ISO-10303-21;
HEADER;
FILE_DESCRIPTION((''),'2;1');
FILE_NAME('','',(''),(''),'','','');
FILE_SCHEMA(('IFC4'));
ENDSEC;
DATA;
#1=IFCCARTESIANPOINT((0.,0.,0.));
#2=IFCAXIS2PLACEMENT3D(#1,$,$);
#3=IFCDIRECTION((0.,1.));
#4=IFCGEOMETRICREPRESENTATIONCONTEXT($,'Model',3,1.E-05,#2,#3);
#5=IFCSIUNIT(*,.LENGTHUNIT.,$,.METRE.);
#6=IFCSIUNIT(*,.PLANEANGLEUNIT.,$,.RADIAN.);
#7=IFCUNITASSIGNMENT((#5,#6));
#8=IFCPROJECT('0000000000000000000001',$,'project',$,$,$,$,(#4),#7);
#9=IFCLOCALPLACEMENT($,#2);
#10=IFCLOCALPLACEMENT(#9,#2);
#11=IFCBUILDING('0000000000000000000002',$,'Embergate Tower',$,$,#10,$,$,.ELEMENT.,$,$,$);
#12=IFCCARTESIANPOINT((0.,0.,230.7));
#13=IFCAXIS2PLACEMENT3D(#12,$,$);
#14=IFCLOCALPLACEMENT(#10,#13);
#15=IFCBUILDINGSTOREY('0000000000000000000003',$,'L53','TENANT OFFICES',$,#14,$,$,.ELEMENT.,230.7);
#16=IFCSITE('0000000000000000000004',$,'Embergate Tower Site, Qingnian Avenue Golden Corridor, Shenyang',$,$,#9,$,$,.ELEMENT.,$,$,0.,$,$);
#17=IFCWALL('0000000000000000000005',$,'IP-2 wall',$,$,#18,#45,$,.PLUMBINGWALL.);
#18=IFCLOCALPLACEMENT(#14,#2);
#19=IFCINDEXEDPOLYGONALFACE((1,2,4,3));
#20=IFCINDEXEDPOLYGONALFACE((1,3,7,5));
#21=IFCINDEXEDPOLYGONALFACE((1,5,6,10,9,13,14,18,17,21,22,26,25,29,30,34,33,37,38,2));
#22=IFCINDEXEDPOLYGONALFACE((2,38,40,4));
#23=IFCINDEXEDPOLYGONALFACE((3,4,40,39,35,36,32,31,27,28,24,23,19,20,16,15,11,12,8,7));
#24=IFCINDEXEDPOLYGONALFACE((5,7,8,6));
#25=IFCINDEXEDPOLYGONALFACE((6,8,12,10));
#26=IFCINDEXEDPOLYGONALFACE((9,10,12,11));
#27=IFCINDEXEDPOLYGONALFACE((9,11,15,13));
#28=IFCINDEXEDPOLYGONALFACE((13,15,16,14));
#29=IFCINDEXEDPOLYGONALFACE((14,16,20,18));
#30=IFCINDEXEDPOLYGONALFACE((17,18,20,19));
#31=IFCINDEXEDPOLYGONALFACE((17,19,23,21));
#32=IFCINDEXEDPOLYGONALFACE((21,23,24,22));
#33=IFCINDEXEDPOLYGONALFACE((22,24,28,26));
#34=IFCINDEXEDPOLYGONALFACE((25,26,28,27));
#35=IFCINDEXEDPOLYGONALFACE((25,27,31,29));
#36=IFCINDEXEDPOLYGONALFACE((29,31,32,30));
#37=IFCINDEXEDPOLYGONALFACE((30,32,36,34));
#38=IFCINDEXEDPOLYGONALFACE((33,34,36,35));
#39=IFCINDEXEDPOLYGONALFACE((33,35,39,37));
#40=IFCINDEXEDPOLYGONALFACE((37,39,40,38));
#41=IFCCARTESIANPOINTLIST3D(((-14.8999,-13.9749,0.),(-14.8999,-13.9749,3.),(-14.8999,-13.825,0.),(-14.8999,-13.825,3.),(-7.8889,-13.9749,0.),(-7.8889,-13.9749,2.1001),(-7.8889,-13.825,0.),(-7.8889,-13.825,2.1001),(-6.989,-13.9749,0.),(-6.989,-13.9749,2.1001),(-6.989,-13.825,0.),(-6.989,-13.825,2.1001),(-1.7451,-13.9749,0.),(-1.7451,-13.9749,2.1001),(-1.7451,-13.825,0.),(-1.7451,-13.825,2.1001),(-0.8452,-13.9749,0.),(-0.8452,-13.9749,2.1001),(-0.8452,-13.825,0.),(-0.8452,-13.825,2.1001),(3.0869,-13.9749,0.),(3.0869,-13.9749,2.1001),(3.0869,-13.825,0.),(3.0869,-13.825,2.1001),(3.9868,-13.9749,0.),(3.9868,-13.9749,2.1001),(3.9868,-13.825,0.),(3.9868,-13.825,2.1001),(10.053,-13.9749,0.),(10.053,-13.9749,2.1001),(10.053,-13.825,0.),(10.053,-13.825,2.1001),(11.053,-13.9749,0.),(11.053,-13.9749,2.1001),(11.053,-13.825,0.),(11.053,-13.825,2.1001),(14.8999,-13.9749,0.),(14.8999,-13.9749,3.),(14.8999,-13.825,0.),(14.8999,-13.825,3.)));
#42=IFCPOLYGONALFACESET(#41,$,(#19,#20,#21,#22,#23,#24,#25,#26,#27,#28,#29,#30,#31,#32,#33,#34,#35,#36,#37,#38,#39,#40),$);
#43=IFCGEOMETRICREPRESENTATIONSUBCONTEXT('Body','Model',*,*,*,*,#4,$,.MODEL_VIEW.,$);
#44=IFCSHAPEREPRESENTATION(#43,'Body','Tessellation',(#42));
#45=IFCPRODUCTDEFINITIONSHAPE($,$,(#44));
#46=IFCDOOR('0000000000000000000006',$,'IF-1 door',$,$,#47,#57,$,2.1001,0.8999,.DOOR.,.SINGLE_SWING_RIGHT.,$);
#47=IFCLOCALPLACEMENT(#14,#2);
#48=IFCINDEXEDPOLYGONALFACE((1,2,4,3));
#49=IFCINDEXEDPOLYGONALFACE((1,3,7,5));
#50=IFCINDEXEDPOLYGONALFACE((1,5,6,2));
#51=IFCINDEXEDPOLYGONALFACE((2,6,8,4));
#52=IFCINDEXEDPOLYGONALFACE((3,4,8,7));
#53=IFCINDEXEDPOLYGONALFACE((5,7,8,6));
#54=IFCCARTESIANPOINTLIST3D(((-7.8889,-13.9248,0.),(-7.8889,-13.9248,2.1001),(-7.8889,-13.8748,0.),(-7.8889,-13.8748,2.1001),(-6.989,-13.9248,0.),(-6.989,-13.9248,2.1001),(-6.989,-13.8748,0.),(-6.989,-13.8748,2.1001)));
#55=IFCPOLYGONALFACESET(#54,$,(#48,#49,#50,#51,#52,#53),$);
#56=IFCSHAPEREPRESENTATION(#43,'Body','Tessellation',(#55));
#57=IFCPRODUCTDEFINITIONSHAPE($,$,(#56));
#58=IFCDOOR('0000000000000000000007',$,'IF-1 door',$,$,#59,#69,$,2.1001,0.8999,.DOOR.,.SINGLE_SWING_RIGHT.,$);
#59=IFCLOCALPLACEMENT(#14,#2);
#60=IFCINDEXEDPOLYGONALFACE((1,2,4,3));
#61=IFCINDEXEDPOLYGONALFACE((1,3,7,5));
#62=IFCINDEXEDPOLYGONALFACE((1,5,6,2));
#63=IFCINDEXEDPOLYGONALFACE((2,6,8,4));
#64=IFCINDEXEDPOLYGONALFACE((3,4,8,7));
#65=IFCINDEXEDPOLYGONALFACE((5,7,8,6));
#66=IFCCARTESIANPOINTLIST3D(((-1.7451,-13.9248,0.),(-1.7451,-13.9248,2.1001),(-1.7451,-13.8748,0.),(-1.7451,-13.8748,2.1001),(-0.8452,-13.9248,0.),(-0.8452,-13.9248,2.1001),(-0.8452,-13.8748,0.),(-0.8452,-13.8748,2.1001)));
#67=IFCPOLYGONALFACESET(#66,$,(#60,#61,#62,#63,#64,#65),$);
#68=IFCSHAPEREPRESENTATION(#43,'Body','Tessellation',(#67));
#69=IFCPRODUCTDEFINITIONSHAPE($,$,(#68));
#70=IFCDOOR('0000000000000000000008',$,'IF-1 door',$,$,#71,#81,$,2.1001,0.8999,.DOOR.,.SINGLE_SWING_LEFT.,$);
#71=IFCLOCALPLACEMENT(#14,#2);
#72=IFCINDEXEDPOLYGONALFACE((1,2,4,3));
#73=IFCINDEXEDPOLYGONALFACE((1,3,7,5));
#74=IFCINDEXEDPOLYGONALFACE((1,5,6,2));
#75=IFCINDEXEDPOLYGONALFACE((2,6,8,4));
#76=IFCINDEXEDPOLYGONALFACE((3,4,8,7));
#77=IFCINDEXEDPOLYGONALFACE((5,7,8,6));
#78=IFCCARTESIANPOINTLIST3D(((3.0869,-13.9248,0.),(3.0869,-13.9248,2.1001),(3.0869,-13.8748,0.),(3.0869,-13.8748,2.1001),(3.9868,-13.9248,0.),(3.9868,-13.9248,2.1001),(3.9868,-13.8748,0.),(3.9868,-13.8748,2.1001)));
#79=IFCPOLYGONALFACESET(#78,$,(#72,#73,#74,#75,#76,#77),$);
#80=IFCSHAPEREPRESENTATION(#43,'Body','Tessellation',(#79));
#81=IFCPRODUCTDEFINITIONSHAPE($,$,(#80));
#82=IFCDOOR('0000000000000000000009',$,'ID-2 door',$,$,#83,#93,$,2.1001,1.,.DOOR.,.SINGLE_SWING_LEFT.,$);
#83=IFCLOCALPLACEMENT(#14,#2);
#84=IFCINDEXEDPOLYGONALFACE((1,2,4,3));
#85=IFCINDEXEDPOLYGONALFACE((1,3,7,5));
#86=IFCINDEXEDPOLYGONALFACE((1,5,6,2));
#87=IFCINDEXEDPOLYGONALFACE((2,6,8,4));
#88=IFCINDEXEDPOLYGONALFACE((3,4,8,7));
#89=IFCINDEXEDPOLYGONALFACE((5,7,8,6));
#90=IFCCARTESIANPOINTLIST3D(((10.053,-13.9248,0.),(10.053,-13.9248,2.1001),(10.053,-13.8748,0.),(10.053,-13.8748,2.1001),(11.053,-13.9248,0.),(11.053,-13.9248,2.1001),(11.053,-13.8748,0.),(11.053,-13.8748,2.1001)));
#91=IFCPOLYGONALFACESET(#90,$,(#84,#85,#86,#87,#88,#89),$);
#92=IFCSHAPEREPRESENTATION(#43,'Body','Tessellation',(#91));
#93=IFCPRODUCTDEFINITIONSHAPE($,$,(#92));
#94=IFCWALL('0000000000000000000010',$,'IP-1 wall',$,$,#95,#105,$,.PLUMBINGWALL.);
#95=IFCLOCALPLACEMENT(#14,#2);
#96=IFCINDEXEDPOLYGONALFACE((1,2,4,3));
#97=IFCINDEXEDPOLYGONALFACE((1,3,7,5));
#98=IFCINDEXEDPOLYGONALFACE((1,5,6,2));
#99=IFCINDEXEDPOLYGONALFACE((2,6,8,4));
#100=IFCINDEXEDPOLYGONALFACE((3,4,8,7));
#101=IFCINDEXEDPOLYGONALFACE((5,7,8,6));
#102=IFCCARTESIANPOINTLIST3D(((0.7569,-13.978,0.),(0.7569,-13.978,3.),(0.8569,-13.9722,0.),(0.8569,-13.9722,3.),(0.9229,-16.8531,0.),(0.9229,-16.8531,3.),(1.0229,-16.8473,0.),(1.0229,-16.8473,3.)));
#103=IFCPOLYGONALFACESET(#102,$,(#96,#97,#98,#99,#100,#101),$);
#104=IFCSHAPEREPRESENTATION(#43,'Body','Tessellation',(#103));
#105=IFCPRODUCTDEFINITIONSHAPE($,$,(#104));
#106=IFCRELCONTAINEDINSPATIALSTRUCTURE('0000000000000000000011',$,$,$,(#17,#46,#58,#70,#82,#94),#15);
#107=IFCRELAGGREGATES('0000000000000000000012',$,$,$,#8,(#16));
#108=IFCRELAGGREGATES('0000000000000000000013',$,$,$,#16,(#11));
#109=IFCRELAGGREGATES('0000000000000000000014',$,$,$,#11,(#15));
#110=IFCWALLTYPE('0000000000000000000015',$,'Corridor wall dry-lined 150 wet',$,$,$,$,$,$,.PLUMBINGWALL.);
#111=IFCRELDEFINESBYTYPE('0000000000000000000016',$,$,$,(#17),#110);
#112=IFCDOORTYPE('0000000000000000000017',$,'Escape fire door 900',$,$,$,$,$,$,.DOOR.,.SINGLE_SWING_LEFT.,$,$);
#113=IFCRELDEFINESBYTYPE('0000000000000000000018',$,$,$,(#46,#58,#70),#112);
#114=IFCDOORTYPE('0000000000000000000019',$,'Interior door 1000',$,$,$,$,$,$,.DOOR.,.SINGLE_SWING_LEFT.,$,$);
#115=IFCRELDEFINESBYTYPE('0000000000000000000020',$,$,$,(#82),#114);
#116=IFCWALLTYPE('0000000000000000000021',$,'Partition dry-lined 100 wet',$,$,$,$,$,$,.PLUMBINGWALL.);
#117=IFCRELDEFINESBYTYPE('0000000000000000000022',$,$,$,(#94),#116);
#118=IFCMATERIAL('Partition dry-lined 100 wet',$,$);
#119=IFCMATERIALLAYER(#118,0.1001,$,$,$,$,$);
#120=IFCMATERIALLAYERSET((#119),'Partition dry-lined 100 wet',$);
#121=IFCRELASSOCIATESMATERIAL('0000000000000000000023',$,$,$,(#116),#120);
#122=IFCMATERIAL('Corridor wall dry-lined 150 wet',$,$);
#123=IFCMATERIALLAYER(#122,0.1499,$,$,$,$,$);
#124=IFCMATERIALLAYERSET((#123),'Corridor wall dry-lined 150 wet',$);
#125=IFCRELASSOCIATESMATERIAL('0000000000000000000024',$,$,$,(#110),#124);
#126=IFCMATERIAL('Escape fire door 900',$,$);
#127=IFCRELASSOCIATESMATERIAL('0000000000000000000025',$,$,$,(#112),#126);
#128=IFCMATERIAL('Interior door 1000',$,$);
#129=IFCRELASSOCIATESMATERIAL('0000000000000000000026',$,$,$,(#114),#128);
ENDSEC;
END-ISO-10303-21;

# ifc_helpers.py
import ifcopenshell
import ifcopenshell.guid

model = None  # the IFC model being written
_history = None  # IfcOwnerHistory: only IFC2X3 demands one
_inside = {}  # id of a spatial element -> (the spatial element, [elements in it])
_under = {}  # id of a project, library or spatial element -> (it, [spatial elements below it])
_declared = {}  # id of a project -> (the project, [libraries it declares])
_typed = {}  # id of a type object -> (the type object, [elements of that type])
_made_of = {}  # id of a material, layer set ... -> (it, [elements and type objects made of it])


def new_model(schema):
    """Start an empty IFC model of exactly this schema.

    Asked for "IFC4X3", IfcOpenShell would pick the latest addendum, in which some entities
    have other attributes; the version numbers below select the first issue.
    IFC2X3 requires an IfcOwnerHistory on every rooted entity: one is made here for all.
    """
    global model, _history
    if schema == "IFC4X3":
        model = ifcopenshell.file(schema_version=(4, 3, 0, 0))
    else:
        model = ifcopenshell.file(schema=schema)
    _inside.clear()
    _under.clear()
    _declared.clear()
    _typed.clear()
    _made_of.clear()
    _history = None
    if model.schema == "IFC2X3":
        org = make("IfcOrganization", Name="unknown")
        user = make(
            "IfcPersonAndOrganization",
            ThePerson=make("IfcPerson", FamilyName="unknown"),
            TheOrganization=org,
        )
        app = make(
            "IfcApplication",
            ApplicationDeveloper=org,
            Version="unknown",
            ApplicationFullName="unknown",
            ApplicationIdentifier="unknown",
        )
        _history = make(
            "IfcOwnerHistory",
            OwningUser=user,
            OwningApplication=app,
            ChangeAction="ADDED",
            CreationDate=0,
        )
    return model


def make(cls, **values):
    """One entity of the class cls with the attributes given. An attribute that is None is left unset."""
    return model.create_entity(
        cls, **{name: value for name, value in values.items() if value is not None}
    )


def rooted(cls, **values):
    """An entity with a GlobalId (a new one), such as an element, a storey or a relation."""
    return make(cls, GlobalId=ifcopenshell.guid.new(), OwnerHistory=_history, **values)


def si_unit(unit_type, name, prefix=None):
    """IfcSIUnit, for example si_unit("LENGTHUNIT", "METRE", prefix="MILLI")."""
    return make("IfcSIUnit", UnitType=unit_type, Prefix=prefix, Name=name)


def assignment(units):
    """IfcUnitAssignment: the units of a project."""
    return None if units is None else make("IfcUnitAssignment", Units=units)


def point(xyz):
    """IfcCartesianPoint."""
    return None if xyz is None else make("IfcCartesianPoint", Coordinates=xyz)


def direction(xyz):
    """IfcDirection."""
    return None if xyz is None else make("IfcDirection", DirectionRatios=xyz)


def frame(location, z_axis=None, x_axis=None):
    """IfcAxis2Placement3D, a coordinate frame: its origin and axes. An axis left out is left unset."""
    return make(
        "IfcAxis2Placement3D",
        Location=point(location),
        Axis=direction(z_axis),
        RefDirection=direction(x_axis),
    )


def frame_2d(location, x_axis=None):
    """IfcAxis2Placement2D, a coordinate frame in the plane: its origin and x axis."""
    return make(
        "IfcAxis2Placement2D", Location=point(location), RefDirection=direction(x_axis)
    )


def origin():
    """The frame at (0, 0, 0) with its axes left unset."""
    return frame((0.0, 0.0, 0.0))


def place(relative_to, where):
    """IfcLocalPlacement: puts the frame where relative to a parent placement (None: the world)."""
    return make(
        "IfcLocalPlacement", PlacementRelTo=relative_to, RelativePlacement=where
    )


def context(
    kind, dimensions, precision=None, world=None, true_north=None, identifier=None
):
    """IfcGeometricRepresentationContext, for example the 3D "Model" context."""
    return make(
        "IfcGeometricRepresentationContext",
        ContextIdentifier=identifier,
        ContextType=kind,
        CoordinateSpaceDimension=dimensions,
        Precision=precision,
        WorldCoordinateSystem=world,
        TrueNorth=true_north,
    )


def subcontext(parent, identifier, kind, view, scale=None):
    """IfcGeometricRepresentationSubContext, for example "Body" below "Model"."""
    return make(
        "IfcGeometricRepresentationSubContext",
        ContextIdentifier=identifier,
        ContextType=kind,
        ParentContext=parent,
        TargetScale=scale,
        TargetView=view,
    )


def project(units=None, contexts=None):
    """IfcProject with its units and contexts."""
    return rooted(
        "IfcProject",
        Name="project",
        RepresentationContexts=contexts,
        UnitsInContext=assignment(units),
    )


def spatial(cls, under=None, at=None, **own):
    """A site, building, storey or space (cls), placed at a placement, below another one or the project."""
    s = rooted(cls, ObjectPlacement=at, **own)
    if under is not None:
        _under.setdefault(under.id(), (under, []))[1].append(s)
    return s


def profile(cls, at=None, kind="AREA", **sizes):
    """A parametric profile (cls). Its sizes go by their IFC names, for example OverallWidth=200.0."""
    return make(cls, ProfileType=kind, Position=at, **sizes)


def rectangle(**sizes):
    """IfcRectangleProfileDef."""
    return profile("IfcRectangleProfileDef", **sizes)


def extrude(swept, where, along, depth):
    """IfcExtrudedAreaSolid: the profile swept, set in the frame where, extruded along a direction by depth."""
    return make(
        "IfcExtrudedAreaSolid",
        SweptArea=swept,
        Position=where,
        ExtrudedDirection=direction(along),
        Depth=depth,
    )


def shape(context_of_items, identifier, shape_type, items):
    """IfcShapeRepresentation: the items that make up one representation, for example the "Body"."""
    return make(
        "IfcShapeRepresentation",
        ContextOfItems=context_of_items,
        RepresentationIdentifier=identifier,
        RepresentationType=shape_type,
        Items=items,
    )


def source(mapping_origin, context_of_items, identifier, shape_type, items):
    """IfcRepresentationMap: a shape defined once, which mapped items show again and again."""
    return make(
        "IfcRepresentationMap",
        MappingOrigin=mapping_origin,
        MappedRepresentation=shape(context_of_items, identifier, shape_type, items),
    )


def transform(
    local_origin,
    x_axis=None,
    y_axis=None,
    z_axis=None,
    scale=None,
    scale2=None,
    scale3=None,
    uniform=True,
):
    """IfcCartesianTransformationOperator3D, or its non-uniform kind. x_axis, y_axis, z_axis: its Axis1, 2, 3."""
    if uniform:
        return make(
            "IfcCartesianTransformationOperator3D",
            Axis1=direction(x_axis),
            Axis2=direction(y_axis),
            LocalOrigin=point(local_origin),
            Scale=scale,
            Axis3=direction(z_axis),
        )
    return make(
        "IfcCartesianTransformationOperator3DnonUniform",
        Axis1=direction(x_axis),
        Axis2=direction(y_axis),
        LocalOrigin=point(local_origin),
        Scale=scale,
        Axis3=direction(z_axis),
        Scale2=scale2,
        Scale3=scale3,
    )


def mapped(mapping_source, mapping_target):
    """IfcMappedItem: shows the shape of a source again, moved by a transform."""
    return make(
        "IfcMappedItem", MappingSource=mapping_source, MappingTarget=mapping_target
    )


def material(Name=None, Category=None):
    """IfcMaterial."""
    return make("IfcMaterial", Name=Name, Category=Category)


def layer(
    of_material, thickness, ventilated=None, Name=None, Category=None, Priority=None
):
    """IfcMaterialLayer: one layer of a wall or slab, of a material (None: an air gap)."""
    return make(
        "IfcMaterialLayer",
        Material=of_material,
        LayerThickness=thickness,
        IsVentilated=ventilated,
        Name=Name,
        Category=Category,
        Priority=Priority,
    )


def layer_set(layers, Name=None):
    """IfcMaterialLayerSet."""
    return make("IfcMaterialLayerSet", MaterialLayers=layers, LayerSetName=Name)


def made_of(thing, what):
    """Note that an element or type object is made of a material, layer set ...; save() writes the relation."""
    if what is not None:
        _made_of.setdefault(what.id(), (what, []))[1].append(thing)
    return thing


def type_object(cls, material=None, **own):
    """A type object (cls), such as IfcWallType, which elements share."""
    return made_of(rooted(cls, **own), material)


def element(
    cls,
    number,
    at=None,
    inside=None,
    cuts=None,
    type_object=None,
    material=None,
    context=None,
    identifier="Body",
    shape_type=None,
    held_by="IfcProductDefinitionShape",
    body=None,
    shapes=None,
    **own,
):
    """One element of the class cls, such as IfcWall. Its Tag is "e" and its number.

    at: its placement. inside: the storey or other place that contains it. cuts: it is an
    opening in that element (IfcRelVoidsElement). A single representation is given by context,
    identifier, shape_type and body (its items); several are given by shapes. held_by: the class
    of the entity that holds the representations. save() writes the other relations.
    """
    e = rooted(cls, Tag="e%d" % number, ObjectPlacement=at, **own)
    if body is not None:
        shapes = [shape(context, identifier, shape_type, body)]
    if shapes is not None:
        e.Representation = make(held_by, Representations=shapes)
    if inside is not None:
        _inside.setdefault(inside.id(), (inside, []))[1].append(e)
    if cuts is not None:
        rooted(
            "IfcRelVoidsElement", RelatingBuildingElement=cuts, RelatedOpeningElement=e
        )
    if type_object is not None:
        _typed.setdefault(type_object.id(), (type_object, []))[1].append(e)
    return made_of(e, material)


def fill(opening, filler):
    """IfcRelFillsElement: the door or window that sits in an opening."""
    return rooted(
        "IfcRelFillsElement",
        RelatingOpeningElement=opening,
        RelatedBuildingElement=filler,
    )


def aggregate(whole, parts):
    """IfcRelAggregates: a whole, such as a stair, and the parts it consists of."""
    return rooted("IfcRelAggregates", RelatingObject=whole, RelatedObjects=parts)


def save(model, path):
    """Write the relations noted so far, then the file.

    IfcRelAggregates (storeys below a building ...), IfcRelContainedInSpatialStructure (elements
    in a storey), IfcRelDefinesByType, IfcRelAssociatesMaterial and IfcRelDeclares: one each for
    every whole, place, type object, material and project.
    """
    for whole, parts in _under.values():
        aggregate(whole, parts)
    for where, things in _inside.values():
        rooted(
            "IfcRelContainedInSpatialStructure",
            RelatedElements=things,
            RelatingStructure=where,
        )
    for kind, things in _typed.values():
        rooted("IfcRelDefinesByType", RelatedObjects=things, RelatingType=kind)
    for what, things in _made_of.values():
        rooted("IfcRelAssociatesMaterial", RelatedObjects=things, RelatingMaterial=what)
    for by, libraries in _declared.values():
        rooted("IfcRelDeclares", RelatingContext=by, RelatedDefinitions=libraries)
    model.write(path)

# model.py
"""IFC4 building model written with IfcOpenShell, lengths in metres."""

from ifc_helpers import new_model, si_unit, direction, frame, frame_2d, origin, place, context, subcontext, project, spatial, rectangle, extrude, source, transform, mapped, material, layer, layer_set, type_object, element, fill, save


model = new_model("IFC4")

# Units and contexts
model_context = context("Model", 3, precision=1e-05, world=origin(), true_north=direction((0.0, 1.0)))
body_context = subcontext(model_context, "Body", "Model", "MODEL_VIEW")
ifc_project = project(units=[si_unit("LENGTHUNIT", "METRE"), si_unit("PLANEANGLEUNIT", "RADIAN")], contexts=[model_context])

# Site, building, storey
site_placement = place(None, origin())
site = spatial("IfcSite", under=ifc_project, at=site_placement, Name="Embergate Tower Site, Qingnian Avenue Golden Corridor, Shenyang", CompositionType="ELEMENT", RefElevation=0.0)
building_placement = place(site_placement, origin())
building = spatial("IfcBuilding", under=site, at=building_placement, Name="Embergate Tower", CompositionType="ELEMENT")
storey_placement = place(building_placement, frame((0.0, 0.0, 230.7)))
storey = spatial("IfcBuildingStorey", under=building, at=storey_placement, Name="L53", Description="TENANT OFFICES", CompositionType="ELEMENT", Elevation=230.7)

# Shared definitions
shared_shape_1 = source(origin(), body_context, "Body", "SweptSolid", [
    extrude(rectangle(XDim=1.0, YDim=2.1001, at=frame_2d((0.5, 1.05))), frame((0.0, 0.0249, 0.0), z_axis=(0.0, -1.0, 0.0), x_axis=(1.0, 0.0, 0.0)), (0.0, 0.0, 1.0), 0.05),
])

# Shared definitions
ifc_material_1 = material(Name="Partition dry-lined 100 wet")
ifc_layer_1 = layer(ifc_material_1, 0.1001)
ifc_layer_set_1 = layer_set([ifc_layer_1], Name="Partition dry-lined 100 wet")
wall_type_1 = type_object("IfcWallType", Name="Partition dry-lined 100 wet", PredefinedType="PLUMBINGWALL", material=ifc_layer_set_1)

# Wall, openings, doors
ifc_material_2 = material(Name="Corridor wall dry-lined 150 wet")
ifc_layer_2 = layer(ifc_material_2, 0.1499)
ifc_layer_set_2 = layer_set([ifc_layer_2], Name="Corridor wall dry-lined 150 wet")
wall_type_2 = type_object("IfcWallType", Name="Corridor wall dry-lined 150 wet", PredefinedType="PLUMBINGWALL", material=ifc_layer_set_2)
shared_shape_2 = source(origin(), body_context, "Body", "SweptSolid", [
    extrude(rectangle(XDim=29.7998, YDim=0.1499, at=frame_2d((14.8999, 0.0))), origin(), (0.0, 0.0, 1.0), 3.0),
])
wall_1_placement = place(storey_placement, frame((14.8999, -13.8999, 0.0), z_axis=(0.0, 0.0, 1.0), x_axis=(-1.0, 0.0, 0.0)))
wall_1 = element("IfcWall", 1, at=wall_1_placement, inside=storey, type_object=wall_type_2, Name="IP-2 wall", PredefinedType="PLUMBINGWALL", context=body_context, shape_type="MappedRepresentation", body=[
    mapped(shared_shape_2, transform((0.0, 0.0, 0.0))),
])
shared_shape_3 = source(origin(), body_context, "Body", "SweptSolid", [
    extrude(rectangle(XDim=0.8999, YDim=2.1001, at=frame_2d((0.45, 1.05))), frame((0.0, 0.085, 0.0), z_axis=(0.0, -1.0, 0.0), x_axis=(1.0, 0.0, 0.0)), (0.0, 0.0, 1.0), 0.1699),
])
opening_1_placement = place(wall_1_placement, frame((21.8889, 0.0, 0.0)))
opening_1 = element("IfcOpeningElement", 2, at=opening_1_placement, cuts=wall_1, PredefinedType="OPENING", context=body_context, shape_type="MappedRepresentation", body=[
    mapped(shared_shape_3, transform((0.0, 0.0, 0.0))),
])
opening_2_placement = place(wall_1_placement, frame((15.7451, 0.0, 0.0)))
opening_2 = element("IfcOpeningElement", 3, at=opening_2_placement, cuts=wall_1, PredefinedType="OPENING", context=body_context, shape_type="MappedRepresentation", body=[
    mapped(shared_shape_3, transform((0.0, 0.0, 0.0))),
])
opening_3_placement = place(wall_1_placement, frame((10.9131, 0.0, 0.0)))
opening_3 = element("IfcOpeningElement", 4, at=opening_3_placement, cuts=wall_1, PredefinedType="OPENING", context=body_context, shape_type="MappedRepresentation", body=[
    mapped(shared_shape_3, transform((0.0, 0.0, 0.0))),
])
shared_shape_4 = source(origin(), body_context, "Body", "SweptSolid", [
    extrude(rectangle(XDim=1.0, YDim=2.1001, at=frame_2d((0.5, 1.05))), frame((0.0, 0.085, 0.0), z_axis=(0.0, -1.0, 0.0), x_axis=(1.0, 0.0, 0.0)), (0.0, 0.0, 1.0), 0.1699),
])
opening_4_placement = place(wall_1_placement, frame((3.8469, 0.0, 0.0)))
opening_4 = element("IfcOpeningElement", 5, at=opening_4_placement, cuts=wall_1, PredefinedType="OPENING", context=body_context, shape_type="MappedRepresentation", body=[
    mapped(shared_shape_4, transform((0.0, 0.0, 0.0))),
])
ifc_material_3 = material(Name="Escape fire door 900")
door_type_1 = type_object("IfcDoorType", Name="Escape fire door 900", OperationType="SINGLE_SWING_LEFT", PredefinedType="DOOR", material=ifc_material_3)
shared_shape_5 = source(origin(), body_context, "Body", "SweptSolid", [
    extrude(rectangle(XDim=0.8999, YDim=2.1001, at=frame_2d((0.45, 1.05))), frame((0.0, 0.0249, 0.0), z_axis=(0.0, -1.0, 0.0), x_axis=(1.0, 0.0, 0.0)), (0.0, 0.0, 1.0), 0.05),
])
door_1_placement = place(opening_1_placement, origin())
door_1 = element("IfcDoor", 6, at=door_1_placement, inside=storey, type_object=door_type_1, Name="IF-1 door", OperationType="SINGLE_SWING_RIGHT", OverallHeight=2.1001, OverallWidth=0.8999, PredefinedType="DOOR", context=body_context, shape_type="MappedRepresentation", body=[
    mapped(shared_shape_5, transform((0.0, 0.0, 0.0))),
])
fill(opening_1, door_1)
door_2_placement = place(opening_2_placement, origin())
door_2 = element("IfcDoor", 7, at=door_2_placement, inside=storey, type_object=door_type_1, Name="IF-1 door", OperationType="SINGLE_SWING_RIGHT", OverallHeight=2.1001, OverallWidth=0.8999, PredefinedType="DOOR", context=body_context, shape_type="MappedRepresentation", body=[
    mapped(shared_shape_5, transform((0.0, 0.0, 0.0))),
])
fill(opening_2, door_2)
door_3_placement = place(opening_3_placement, origin())
door_3 = element("IfcDoor", 8, at=door_3_placement, inside=storey, type_object=door_type_1, Name="IF-1 door", OperationType="SINGLE_SWING_LEFT", OverallHeight=2.1001, OverallWidth=0.8999, PredefinedType="DOOR", context=body_context, shape_type="MappedRepresentation", body=[
    mapped(shared_shape_5, transform((0.0, 0.0, 0.0))),
])
fill(opening_3, door_3)
ifc_material_4 = material(Name="Interior door 1000")
door_type_2 = type_object("IfcDoorType", Name="Interior door 1000", OperationType="SINGLE_SWING_LEFT", PredefinedType="DOOR", material=ifc_material_4)
door_4_placement = place(opening_4_placement, origin())
door_4 = element("IfcDoor", 9, at=door_4_placement, inside=storey, type_object=door_type_2, Name="ID-2 door", OperationType="SINGLE_SWING_LEFT", OverallHeight=2.1001, OverallWidth=1.0, PredefinedType="DOOR", context=body_context, shape_type="MappedRepresentation", body=[
    mapped(shared_shape_1, transform((0.0, 0.0, 0.0))),
])
fill(opening_4, door_4)

# Wall
shared_shape_6 = source(origin(), body_context, "Body", "SweptSolid", [
    extrude(rectangle(XDim=2.8799, YDim=0.1001, at=frame_2d((1.4399, 0.0))), origin(), (0.0, 0.0, 1.0), 3.0),
])
wall_2_placement = place(storey_placement, frame((0.8069, -13.9751, 0.0), z_axis=(0.0, 0.0, 1.0), x_axis=(0.057649, -0.998337, 0.0)))
element("IfcWall", 10, at=wall_2_placement, inside=storey, type_object=wall_type_1, Name="IP-1 wall", PredefinedType="PLUMBINGWALL", context=body_context, shape_type="MappedRepresentation", body=[
    mapped(shared_shape_6, transform((0.0, 0.0, 0.0))),
])

save(model, "model.ifc")
